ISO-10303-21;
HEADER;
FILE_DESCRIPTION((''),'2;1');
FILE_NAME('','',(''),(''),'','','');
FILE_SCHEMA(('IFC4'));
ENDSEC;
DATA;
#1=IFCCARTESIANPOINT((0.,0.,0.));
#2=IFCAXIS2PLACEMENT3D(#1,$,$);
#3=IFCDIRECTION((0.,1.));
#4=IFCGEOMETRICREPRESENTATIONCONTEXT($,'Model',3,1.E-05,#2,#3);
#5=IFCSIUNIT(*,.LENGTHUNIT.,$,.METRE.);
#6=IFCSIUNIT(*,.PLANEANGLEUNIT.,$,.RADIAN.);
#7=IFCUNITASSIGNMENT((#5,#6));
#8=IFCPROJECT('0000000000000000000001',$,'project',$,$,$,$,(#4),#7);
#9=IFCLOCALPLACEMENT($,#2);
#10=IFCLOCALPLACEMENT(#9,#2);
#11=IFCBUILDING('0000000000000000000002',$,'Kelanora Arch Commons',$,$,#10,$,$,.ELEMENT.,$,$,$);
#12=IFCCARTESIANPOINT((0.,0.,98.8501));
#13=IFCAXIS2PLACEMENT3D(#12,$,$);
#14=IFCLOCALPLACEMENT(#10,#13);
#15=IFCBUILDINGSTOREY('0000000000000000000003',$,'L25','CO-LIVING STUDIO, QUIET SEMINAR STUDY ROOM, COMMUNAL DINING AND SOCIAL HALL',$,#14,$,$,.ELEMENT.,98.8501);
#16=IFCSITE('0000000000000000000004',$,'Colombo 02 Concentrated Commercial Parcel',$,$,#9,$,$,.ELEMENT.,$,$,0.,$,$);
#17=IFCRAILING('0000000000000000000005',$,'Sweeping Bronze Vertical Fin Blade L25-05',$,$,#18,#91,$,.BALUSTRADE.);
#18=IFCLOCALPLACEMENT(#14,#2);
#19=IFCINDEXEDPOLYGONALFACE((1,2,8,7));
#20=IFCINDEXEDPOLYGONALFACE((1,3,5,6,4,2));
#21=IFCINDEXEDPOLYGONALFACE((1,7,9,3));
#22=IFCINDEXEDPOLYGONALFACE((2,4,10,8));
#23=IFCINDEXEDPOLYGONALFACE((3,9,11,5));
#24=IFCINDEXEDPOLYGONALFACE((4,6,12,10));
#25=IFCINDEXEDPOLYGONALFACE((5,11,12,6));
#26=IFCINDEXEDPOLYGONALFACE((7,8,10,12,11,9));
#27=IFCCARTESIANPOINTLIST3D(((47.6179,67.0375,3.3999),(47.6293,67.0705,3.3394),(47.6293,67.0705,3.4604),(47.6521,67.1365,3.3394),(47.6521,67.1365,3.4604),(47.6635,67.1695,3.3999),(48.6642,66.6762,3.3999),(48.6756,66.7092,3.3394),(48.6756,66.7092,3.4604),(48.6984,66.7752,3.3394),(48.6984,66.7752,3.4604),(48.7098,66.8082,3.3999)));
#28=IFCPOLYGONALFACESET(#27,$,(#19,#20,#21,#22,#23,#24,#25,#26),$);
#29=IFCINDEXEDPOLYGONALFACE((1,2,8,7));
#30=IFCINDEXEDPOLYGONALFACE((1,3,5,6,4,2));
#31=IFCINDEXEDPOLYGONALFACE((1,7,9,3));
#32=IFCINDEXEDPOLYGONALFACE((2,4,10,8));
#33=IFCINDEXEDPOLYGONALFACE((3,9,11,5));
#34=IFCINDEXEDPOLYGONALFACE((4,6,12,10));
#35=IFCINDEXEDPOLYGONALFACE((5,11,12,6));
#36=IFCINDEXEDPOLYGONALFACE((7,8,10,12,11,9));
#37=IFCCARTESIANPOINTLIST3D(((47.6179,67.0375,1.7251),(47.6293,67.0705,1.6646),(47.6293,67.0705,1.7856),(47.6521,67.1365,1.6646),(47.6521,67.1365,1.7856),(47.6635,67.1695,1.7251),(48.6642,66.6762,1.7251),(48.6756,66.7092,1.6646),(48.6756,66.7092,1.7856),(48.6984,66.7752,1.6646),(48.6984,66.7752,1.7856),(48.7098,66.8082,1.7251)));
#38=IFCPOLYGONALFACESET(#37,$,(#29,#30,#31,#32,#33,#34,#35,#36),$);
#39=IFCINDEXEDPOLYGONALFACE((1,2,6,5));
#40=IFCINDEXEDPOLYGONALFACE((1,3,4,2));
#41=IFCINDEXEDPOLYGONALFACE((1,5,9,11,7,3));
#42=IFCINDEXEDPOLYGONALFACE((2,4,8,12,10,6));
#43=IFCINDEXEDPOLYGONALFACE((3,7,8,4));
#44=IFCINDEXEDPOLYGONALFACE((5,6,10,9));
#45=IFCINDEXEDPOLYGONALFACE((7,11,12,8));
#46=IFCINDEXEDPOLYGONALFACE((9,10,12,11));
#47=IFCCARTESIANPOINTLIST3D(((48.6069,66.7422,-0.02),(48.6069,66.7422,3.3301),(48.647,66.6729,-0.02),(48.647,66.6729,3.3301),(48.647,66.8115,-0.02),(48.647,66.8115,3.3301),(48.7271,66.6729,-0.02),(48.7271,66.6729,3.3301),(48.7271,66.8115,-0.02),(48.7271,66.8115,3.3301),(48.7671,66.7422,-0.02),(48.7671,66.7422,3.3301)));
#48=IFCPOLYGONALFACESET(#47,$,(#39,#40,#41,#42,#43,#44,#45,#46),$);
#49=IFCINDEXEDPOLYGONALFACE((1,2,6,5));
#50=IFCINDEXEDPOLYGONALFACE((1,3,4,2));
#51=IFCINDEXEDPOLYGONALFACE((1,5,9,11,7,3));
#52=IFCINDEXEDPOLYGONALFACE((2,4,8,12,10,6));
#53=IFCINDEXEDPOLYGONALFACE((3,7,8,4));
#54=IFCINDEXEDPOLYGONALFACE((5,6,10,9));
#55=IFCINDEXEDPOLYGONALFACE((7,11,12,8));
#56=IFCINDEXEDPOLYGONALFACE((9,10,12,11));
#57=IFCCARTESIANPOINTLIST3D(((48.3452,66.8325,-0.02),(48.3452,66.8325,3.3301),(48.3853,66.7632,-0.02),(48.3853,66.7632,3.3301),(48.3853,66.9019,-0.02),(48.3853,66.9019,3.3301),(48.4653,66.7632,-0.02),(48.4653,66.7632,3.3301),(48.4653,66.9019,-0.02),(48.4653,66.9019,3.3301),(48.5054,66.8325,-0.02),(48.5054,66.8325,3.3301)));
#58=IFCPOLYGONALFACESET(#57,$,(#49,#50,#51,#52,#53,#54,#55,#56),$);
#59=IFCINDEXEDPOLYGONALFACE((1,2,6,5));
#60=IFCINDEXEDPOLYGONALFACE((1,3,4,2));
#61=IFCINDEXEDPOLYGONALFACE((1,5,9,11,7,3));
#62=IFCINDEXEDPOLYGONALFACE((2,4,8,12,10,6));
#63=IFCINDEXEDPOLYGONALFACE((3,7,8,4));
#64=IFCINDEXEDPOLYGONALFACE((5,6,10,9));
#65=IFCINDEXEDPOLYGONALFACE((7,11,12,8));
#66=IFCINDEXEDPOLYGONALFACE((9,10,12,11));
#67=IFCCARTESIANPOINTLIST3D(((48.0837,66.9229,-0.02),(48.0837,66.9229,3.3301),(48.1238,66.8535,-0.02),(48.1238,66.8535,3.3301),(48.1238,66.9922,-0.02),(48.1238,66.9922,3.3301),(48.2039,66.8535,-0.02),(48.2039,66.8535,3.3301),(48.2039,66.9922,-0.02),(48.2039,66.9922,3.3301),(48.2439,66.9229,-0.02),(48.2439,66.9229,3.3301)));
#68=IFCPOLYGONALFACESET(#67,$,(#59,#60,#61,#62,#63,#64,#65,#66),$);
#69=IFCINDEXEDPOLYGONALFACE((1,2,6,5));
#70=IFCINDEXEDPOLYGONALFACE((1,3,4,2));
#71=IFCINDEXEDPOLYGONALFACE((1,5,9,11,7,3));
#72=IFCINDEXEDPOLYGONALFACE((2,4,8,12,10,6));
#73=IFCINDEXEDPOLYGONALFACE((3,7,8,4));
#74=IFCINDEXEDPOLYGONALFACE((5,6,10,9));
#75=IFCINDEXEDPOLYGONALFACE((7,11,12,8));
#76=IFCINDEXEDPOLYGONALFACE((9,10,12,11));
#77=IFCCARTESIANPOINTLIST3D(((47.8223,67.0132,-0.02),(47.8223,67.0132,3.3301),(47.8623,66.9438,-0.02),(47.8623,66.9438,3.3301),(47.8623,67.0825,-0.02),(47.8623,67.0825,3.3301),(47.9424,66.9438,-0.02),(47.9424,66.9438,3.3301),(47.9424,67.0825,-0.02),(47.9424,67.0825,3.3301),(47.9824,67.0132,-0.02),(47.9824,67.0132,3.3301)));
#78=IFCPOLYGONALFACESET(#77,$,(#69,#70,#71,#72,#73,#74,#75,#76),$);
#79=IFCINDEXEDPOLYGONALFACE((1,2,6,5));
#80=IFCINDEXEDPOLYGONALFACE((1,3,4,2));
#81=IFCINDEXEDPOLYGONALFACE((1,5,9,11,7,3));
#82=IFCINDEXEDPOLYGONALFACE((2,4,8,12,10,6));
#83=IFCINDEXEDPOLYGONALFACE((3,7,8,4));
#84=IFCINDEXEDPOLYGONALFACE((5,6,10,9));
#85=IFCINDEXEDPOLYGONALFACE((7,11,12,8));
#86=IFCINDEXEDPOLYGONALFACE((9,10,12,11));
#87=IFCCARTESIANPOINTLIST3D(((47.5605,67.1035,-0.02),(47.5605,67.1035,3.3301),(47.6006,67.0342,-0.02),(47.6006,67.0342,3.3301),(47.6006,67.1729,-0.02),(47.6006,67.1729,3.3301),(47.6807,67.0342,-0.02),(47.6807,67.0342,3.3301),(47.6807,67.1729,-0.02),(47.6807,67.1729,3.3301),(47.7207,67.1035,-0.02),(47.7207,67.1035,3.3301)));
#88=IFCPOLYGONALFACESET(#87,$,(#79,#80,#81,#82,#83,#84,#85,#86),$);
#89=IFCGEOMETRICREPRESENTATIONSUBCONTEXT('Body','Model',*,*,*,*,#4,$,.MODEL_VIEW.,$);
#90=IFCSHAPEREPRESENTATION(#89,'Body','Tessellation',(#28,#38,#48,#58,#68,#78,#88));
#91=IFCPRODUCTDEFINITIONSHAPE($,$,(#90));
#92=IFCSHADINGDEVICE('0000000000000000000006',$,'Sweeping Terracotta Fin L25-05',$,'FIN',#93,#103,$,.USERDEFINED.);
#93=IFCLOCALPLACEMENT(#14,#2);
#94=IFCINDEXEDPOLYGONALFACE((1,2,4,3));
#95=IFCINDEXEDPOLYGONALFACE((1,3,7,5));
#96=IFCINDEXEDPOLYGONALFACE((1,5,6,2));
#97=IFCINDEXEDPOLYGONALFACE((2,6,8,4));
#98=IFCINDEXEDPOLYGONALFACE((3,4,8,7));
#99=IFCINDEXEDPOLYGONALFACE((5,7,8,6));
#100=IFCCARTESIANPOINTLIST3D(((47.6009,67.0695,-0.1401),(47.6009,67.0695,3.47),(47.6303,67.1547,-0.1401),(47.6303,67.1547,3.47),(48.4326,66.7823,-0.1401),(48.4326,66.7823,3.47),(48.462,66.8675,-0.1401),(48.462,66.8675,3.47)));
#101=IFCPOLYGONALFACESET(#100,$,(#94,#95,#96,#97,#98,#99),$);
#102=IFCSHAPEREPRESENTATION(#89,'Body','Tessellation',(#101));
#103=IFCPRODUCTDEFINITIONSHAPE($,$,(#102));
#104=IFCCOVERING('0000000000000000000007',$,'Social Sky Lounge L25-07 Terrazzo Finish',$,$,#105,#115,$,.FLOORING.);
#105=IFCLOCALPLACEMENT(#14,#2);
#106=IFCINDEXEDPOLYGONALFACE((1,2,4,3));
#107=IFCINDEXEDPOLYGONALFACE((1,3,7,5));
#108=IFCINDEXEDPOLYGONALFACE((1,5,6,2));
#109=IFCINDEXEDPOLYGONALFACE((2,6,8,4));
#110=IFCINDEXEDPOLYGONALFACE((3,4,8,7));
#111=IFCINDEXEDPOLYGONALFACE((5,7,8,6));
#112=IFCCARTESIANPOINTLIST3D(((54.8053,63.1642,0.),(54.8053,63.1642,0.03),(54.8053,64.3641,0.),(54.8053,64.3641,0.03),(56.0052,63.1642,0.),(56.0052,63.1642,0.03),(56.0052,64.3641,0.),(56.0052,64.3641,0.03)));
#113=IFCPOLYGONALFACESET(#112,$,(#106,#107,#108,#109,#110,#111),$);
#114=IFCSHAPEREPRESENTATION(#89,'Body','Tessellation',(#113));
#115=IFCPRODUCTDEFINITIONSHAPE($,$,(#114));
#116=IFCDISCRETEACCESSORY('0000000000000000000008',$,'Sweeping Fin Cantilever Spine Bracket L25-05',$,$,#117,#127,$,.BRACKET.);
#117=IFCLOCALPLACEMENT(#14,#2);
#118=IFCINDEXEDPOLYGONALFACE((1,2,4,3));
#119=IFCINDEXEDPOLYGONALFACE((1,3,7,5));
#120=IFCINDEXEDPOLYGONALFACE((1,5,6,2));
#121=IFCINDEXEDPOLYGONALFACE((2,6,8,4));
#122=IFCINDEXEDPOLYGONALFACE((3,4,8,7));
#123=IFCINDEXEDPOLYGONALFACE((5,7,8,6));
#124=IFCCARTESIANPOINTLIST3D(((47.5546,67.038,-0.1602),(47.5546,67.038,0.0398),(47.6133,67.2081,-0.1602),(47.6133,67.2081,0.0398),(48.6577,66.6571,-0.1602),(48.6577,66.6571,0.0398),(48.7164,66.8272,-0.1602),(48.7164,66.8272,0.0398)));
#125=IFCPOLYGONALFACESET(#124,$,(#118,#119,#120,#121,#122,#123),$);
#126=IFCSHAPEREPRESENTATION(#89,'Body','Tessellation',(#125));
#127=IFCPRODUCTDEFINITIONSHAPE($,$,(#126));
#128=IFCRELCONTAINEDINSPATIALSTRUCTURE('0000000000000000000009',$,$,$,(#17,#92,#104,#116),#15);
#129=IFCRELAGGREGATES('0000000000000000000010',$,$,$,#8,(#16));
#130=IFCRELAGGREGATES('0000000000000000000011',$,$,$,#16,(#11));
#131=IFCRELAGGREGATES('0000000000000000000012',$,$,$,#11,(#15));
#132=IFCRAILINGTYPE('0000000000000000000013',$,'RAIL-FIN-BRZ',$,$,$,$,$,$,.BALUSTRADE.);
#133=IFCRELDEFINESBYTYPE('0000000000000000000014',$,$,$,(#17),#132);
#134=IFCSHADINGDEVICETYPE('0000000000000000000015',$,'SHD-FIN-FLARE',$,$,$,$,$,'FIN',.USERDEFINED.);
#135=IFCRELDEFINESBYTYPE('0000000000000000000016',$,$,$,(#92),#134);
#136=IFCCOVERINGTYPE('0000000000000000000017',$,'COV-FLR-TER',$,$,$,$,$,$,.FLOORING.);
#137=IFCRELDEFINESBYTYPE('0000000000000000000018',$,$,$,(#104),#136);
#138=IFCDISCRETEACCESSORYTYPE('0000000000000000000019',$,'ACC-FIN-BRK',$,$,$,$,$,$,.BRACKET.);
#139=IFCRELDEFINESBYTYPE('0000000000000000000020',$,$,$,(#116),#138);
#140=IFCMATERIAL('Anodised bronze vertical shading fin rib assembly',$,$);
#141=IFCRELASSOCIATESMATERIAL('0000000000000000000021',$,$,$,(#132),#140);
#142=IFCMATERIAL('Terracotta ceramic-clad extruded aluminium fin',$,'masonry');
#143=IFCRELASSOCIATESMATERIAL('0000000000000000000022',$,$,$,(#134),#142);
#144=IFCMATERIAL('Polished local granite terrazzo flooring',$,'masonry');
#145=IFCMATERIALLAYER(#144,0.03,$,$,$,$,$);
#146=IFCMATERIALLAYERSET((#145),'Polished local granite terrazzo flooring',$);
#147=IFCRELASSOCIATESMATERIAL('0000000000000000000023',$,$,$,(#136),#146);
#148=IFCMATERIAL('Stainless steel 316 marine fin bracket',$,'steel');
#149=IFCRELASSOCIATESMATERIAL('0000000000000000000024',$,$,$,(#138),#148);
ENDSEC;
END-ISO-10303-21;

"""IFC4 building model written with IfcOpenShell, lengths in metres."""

from ifc_helpers import new_model, si_unit, direction, frame, origin, origin_2d, place, context, subcontext, project, spatial, polyline, rectangle, outline, extrude, source, transform, mapped, material, layer, layer_set, type_object, element, save


model = new_model("IFC4")

# Units and contexts
model_context = context("Model", 3, precision=1e-05, world=origin(), true_north=direction((0.0, 1.0)))
body_context = subcontext(model_context, "Body", "Model", "MODEL_VIEW")
ifc_project = project(units=[si_unit("LENGTHUNIT", "METRE"), si_unit("PLANEANGLEUNIT", "RADIAN")], contexts=[model_context])

# Site, building, storey
site_placement = place(None, origin())
site = spatial("IfcSite", under=ifc_project, at=site_placement, Name="Colombo 02 Concentrated Commercial Parcel", CompositionType="ELEMENT", RefElevation=0.0)
building_placement = place(site_placement, origin())
building = spatial("IfcBuilding", under=site, at=building_placement, Name="Kelanora Arch Commons", CompositionType="ELEMENT")
storey_placement = place(building_placement, frame((0.0, 0.0, 98.8501)))
storey = spatial("IfcBuildingStorey", under=building, at=storey_placement, Name="L25", Description="CO-LIVING STUDIO, QUIET SEMINAR STUDY ROOM, COMMUNAL DINING AND SOCIAL HALL", CompositionType="ELEMENT", Elevation=98.8501)

# Railing
ifc_material_1 = material(Name="Anodised bronze vertical shading fin rib assembly")
railing_type = type_object("IfcRailingType", Name="RAIL-FIN-BRZ", PredefinedType="BALUSTRADE", material=ifc_material_1)
railing_placement = place(storey_placement, frame((48.687, 66.7422, -0.02)))
element("IfcRailing", 1, at=railing_placement, inside=storey, type_object=railing_type, Name="Sweeping Bronze Vertical Fin Blade L25-05", PredefinedType="BALUSTRADE", context=body_context, shape_type="SweptSolid", body=[
    extrude(outline(polyline([(0.0698, 0.0), (0.0349, 0.0605), (-0.0349, 0.0605), (-0.0698, 0.0), (-0.0349, -0.0605), (0.0349, -0.0605), (0.0698, 0.0)])), frame((0.0, 0.0, 3.4199), z_axis=(-0.945232, 0.326398, 0.0), x_axis=(-0.326398, -0.945232, 0.0)), (0.0, 0.0, 1.0), 1.1069),
    extrude(outline(polyline([(0.0698, 0.0), (0.0349, 0.0605), (-0.0349, 0.0605), (-0.0698, 0.0), (-0.0349, -0.0605), (0.0349, -0.0605), (0.0698, 0.0)])), frame((0.0, 0.0, 1.7451), z_axis=(-0.945232, 0.326398, 0.0), x_axis=(-0.326398, -0.945232, 0.0)), (0.0, 0.0, 1.0), 1.1069),
    extrude(outline(polyline([(0.0801, 0.0), (0.04, 0.0693), (-0.04, 0.0693), (-0.0801, 0.0), (-0.04, -0.0693), (0.04, -0.0693), (0.0801, 0.0)])), origin(), (0.0, 0.0, 1.0), 3.3501),
    extrude(outline(polyline([(0.0801, 0.0), (0.04, 0.0693), (-0.04, 0.0693), (-0.0801, 0.0), (-0.04, -0.0693), (0.04, -0.0693), (0.0801, 0.0)])), frame((-0.2617, 0.0903, 0.0)), (0.0, 0.0, 1.0), 3.3501),
    extrude(outline(polyline([(0.0801, 0.0), (0.04, 0.0693), (-0.04, 0.0693), (-0.0801, 0.0), (-0.04, -0.0693), (0.04, -0.0693), (0.0801, 0.0)])), frame((-0.5232, 0.1807, 0.0)), (0.0, 0.0, 1.0), 3.3501),
    extrude(outline(polyline([(0.0801, 0.0), (0.04, 0.0693), (-0.04, 0.0693), (-0.0801, 0.0), (-0.04, -0.0693), (0.04, -0.0693), (0.0801, 0.0)])), frame((-0.7847, 0.271, 0.0)), (0.0, 0.0, 1.0), 3.3501),
    extrude(outline(polyline([(0.0801, 0.0), (0.04, 0.0693), (-0.04, 0.0693), (-0.0801, 0.0), (-0.04, -0.0693), (0.04, -0.0693), (0.0801, 0.0)])), frame((-1.0464, 0.3613, 0.0)), (0.0, 0.0, 1.0), 3.3501),
])

# Shading device
ifc_material_2 = material(Name="Terracotta ceramic-clad extruded aluminium fin", Category="masonry")
shading_device_type = type_object("IfcShadingDeviceType", Name="SHD-FIN-FLARE", ElementType="FIN", PredefinedType="USERDEFINED", material=ifc_material_2)
shared_shape_1 = source(origin(), body_context, "Body", "SweptSolid", [
    extrude(rectangle(XDim=0.8799, YDim=0.0901, at=origin_2d()), origin(), (0.0, 0.0, 1.0), 3.6101),
])
shading_device_placement = place(storey_placement, frame((48.0315, 66.9685, -0.1401), z_axis=(0.0, 0.0, 1.0), x_axis=(-0.945234, 0.326393, 0.0)))
element("IfcShadingDevice", 2, at=shading_device_placement, inside=storey, type_object=shading_device_type, Name="Sweeping Terracotta Fin L25-05", ObjectType="FIN", PredefinedType="USERDEFINED", context=body_context, shape_type="MappedRepresentation", body=[
    mapped(shared_shape_1, transform((0.0, 0.0, 0.0), scale=1.0)),
])

# Covering
ifc_material_3 = material(Name="Polished local granite terrazzo flooring", Category="masonry")
ifc_layer_1 = layer(ifc_material_3, 0.03)
ifc_layer_set_1 = layer_set([ifc_layer_1], Name="Polished local granite terrazzo flooring")
covering_type = type_object("IfcCoveringType", Name="COV-FLR-TER", PredefinedType="FLOORING", material=ifc_layer_set_1)
shared_shape_2 = source(origin(), body_context, "Body", "SweptSolid", [
    extrude(rectangle(XDim=1.2, YDim=1.2, at=origin_2d()), origin(), (0.0, 0.0, 1.0), 0.03),
])
covering_placement = place(storey_placement, frame((55.4053, 63.7642, 0.0), z_axis=(0.0, 0.0, 1.0), x_axis=(1.0, 0.0, 0.0)))
element("IfcCovering", 3, at=covering_placement, inside=storey, type_object=covering_type, Name="Social Sky Lounge L25-07 Terrazzo Finish", PredefinedType="FLOORING", context=body_context, shape_type="MappedRepresentation", body=[
    mapped(shared_shape_2, transform((0.0, 0.0, 0.0), scale=1.0)),
])

# Discrete accessory
ifc_material_4 = material(Name="Stainless steel 316 marine fin bracket", Category="steel")
discrete_accessory_type = type_object("IfcDiscreteAccessoryType", Name="ACC-FIN-BRK", PredefinedType="BRACKET", material=ifc_material_4)
shared_shape_3 = source(origin(), body_context, "Body", "SweptSolid", [
    extrude(rectangle(XDim=1.167, YDim=0.1799, at=origin_2d()), origin(), (0.0, 0.0, 1.0), 0.2),
])
discrete_accessory_placement = place(storey_placement, frame((48.1355, 66.9326, -0.1602), z_axis=(0.0, 0.0, 1.0), x_axis=(-0.945234, 0.326393, 0.0)))
element("IfcDiscreteAccessory", 4, at=discrete_accessory_placement, inside=storey, type_object=discrete_accessory_type, Name="Sweeping Fin Cantilever Spine Bracket L25-05", PredefinedType="BRACKET", context=body_context, shape_type="MappedRepresentation", body=[
    mapped(shared_shape_3, transform((0.0, 0.0, 0.0), scale=1.0)),
])

save(model, "model.ifc")
